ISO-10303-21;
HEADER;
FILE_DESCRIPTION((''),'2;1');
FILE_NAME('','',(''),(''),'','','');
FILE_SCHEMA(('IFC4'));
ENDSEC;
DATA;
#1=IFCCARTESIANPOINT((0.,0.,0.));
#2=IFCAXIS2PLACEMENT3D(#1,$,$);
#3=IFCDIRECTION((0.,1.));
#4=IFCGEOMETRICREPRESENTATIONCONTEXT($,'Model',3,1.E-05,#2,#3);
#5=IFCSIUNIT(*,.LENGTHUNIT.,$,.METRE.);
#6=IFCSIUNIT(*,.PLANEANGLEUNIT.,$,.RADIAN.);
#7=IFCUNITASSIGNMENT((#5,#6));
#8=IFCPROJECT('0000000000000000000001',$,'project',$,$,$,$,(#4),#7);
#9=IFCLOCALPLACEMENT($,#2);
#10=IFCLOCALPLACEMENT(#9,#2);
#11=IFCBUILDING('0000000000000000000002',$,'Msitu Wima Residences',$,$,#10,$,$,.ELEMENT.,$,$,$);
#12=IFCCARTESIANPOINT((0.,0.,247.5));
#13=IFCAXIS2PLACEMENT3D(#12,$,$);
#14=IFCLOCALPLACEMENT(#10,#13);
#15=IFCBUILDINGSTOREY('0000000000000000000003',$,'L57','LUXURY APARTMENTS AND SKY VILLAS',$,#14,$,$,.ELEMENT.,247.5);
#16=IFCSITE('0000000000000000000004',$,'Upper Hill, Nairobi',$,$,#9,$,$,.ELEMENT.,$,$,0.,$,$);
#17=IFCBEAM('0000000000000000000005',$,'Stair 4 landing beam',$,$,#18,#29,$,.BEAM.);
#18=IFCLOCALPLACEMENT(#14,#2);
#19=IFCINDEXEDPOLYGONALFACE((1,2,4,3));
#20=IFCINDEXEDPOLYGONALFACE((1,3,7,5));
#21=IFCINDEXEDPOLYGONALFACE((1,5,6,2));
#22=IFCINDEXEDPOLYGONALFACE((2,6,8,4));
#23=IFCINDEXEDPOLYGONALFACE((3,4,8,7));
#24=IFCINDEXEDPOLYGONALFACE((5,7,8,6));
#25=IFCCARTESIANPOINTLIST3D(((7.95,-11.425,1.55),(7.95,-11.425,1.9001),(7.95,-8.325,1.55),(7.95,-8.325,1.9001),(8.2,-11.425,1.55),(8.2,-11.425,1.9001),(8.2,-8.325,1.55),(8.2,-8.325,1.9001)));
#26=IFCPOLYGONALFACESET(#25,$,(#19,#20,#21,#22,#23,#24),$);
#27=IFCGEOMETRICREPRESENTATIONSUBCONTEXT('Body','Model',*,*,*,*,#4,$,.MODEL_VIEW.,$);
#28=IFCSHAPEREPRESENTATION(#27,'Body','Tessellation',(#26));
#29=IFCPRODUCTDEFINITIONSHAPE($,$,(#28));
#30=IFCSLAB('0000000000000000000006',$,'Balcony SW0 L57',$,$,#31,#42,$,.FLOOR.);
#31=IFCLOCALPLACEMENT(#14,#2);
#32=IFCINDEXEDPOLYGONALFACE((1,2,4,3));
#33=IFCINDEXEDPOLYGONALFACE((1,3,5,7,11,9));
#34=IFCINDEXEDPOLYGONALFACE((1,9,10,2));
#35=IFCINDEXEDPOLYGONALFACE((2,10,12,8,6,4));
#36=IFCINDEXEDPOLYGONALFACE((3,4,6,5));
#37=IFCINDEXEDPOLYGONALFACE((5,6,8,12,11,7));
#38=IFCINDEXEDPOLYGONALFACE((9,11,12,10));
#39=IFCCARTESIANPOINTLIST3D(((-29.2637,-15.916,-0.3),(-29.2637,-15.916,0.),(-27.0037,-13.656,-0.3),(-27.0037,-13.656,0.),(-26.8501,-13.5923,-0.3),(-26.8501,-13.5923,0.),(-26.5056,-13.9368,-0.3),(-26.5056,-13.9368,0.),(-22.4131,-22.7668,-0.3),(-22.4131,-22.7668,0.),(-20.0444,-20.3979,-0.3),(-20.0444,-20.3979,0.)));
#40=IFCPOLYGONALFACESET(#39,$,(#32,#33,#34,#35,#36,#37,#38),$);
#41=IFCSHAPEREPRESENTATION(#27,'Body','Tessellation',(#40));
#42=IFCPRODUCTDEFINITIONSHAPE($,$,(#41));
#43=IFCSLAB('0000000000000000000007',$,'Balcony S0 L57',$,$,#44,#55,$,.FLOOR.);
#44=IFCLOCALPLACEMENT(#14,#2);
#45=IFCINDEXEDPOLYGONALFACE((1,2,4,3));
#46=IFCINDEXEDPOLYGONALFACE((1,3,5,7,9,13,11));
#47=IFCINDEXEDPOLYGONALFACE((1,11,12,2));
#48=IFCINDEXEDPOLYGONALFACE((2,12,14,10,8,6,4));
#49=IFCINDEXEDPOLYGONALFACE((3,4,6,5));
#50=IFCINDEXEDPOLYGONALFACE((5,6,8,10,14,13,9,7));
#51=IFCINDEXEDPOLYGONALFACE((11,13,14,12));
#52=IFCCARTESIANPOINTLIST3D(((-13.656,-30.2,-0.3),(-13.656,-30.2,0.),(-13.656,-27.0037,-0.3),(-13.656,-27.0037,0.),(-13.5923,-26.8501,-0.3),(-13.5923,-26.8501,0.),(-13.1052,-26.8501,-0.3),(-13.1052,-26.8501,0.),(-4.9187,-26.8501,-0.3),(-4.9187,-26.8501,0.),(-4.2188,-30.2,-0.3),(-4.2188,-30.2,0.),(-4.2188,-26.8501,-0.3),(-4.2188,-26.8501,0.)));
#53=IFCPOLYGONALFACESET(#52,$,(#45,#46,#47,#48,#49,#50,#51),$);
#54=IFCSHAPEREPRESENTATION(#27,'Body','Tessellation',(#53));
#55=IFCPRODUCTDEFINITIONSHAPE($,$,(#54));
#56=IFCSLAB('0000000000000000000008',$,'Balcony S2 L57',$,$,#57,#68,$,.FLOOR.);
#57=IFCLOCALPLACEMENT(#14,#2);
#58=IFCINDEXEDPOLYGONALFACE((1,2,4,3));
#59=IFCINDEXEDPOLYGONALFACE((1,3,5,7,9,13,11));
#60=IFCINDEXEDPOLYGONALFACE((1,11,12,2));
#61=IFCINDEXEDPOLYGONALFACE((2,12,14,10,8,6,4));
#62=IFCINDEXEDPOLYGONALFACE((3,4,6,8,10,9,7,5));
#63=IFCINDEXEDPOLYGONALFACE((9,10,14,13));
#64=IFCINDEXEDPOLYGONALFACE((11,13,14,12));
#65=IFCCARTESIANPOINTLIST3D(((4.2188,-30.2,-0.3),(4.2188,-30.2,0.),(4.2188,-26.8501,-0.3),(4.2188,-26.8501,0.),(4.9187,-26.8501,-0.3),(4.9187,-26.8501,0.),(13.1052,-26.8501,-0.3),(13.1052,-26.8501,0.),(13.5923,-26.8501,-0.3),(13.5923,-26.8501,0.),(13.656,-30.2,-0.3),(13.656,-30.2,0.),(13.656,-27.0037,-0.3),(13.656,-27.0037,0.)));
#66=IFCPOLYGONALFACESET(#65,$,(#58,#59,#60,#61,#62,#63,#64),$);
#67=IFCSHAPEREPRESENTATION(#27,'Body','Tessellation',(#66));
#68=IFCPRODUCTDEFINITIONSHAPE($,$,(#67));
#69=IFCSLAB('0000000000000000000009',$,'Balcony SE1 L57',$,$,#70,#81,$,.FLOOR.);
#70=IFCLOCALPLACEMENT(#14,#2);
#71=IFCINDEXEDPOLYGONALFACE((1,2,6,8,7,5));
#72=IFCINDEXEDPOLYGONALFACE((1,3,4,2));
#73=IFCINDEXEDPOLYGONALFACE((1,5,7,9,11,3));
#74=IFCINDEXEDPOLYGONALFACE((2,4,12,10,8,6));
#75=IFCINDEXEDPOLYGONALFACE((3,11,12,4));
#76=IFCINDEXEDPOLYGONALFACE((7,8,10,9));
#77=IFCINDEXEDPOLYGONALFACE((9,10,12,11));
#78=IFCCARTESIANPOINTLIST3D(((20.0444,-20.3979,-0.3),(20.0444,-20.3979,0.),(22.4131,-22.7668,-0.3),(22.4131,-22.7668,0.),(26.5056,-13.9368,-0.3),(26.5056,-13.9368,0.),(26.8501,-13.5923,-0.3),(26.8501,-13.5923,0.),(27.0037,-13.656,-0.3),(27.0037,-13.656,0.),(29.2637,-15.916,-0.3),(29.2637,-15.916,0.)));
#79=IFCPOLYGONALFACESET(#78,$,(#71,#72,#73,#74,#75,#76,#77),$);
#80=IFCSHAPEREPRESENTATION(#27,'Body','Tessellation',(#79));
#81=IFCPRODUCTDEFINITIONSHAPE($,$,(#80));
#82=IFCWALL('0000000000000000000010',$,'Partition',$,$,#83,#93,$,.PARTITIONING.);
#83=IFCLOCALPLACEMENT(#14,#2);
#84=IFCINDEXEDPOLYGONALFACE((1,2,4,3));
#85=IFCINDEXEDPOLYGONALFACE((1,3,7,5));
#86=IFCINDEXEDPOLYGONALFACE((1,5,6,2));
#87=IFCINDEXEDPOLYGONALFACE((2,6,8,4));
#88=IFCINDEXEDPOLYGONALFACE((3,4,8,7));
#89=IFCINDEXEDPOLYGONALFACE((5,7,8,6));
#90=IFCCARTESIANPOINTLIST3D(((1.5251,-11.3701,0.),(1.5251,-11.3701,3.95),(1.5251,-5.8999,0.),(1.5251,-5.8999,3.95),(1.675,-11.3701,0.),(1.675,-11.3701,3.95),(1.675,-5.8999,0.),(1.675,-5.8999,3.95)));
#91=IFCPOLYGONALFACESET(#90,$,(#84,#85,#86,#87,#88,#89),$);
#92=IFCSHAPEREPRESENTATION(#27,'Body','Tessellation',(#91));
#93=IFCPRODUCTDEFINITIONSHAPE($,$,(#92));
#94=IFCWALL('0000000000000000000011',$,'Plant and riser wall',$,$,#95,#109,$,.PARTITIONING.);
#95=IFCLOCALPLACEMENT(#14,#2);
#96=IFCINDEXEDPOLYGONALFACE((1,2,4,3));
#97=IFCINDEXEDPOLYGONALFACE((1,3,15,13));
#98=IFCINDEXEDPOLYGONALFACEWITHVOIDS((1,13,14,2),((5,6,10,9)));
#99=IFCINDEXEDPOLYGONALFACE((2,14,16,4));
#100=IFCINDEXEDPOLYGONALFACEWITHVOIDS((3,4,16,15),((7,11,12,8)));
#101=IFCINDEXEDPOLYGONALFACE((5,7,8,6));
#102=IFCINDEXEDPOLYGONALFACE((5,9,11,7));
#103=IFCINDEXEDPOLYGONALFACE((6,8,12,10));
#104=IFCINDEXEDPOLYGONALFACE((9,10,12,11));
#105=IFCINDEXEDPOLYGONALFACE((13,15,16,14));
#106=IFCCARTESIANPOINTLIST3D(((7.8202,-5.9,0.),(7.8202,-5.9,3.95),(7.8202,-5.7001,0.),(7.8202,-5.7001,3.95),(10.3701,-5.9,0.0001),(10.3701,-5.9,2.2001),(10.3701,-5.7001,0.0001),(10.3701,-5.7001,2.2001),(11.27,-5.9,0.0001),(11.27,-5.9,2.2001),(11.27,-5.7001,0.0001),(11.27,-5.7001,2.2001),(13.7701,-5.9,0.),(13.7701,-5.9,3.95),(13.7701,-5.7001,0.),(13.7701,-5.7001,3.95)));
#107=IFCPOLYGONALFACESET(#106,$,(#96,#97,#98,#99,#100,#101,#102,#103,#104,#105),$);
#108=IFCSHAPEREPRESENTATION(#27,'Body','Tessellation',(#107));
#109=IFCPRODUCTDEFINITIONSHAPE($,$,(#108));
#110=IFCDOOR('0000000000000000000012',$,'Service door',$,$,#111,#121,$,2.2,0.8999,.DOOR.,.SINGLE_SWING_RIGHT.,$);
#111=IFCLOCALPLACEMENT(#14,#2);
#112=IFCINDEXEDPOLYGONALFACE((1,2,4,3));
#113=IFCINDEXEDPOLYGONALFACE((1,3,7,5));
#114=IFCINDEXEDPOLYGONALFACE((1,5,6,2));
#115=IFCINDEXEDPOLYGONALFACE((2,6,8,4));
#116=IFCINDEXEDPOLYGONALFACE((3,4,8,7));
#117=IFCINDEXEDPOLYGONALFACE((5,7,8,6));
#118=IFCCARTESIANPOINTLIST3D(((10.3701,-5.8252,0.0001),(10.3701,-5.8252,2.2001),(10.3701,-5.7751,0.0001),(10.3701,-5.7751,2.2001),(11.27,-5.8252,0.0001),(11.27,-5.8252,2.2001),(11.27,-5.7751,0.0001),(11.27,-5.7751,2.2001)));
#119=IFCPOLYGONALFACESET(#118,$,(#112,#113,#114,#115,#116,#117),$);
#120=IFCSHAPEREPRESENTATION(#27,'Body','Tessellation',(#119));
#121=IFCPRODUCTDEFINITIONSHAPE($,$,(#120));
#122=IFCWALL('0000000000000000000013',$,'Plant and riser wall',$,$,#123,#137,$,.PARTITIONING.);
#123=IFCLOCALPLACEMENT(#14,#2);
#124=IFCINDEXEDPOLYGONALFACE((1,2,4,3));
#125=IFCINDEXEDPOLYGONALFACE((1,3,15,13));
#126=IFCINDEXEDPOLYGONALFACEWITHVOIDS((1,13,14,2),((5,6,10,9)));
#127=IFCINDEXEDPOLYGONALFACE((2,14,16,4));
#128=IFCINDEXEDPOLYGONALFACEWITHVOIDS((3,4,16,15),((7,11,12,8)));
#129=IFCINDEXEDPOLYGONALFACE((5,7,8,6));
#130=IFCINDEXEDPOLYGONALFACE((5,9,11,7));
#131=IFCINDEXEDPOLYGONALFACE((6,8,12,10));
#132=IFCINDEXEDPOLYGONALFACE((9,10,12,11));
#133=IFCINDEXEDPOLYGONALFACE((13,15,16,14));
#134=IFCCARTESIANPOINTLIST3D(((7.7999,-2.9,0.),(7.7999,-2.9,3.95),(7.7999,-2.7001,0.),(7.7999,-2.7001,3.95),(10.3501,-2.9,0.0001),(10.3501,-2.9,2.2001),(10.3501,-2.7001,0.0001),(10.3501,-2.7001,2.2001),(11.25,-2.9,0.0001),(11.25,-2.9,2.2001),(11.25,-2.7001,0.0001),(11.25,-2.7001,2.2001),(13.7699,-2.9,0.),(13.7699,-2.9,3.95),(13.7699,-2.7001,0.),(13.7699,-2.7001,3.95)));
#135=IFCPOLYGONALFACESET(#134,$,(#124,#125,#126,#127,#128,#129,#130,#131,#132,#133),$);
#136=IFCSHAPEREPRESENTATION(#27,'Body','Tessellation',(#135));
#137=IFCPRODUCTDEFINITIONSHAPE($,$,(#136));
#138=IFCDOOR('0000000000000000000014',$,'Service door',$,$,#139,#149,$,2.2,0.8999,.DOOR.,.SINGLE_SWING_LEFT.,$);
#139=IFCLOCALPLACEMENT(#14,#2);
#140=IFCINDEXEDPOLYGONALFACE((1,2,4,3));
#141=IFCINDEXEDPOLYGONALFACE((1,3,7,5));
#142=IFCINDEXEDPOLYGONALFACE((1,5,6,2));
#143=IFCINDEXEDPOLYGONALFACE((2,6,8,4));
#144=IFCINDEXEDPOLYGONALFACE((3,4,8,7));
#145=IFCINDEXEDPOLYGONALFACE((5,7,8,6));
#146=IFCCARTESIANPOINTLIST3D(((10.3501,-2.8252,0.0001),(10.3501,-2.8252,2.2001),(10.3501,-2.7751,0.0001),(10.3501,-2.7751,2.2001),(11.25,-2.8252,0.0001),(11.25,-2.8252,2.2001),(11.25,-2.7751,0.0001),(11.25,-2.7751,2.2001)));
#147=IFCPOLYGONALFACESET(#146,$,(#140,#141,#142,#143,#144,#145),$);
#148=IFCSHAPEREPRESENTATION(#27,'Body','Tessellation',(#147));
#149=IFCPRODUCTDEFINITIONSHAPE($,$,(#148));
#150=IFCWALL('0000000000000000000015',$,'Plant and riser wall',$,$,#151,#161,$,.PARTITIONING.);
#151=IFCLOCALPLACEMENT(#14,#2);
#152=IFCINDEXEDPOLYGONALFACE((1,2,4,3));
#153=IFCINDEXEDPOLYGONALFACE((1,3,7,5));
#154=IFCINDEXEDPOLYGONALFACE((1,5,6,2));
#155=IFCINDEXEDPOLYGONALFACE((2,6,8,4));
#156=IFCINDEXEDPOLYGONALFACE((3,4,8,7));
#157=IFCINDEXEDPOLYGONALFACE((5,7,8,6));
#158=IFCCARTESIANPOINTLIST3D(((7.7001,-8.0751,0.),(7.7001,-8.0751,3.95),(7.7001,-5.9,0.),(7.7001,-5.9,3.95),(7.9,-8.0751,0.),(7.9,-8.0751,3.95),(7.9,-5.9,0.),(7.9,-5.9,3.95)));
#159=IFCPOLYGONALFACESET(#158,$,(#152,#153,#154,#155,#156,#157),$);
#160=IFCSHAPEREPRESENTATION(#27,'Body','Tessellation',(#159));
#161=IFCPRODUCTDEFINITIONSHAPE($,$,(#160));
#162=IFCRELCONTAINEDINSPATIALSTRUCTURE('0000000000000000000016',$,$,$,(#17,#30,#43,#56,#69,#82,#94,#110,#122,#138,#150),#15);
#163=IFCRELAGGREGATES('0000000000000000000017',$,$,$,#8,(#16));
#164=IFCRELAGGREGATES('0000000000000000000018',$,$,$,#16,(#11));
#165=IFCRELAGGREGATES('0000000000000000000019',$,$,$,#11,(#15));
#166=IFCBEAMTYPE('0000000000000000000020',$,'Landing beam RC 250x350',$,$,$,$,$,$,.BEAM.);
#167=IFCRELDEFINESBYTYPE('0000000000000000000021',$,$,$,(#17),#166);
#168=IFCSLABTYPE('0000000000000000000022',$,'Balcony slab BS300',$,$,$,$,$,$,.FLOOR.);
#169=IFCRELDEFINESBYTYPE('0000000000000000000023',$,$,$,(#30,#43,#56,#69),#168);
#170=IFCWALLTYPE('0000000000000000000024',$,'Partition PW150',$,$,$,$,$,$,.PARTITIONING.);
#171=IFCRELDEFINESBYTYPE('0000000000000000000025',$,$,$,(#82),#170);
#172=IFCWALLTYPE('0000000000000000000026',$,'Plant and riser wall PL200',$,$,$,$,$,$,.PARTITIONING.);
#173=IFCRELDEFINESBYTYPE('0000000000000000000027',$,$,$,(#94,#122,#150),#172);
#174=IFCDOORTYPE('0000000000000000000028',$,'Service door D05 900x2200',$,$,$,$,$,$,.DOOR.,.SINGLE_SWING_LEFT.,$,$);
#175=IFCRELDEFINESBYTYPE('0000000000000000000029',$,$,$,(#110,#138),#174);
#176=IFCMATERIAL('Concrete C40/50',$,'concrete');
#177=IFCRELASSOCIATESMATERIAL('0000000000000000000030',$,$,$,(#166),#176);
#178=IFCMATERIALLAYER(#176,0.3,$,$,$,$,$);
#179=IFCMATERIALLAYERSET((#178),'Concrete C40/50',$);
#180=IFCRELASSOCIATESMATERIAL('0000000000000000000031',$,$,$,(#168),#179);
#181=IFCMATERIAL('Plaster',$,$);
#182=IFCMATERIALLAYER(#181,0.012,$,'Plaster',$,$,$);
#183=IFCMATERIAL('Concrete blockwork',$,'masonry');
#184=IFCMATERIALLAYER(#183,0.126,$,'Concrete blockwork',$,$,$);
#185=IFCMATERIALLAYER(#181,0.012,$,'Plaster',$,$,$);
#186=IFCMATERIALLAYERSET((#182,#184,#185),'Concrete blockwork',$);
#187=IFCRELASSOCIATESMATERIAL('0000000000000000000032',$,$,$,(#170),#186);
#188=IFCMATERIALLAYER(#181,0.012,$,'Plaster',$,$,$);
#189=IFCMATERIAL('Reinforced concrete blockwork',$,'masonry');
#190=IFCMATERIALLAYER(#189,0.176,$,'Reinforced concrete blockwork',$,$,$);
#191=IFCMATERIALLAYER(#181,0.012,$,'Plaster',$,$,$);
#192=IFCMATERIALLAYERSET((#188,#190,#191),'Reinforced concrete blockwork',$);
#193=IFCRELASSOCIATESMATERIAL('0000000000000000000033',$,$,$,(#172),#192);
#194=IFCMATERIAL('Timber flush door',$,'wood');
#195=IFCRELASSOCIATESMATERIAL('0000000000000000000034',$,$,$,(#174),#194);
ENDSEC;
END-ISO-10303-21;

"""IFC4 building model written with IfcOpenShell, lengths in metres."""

from ifc_helpers import new_model, si_unit, direction, frame, frame_2d, origin, origin_2d, place, context, subcontext, project, spatial, polyline, rectangle, outline, extrude, material, layer, layer_set, material_profile, profile_set, type_object, element, fill, save


model = new_model("IFC4")

# Units and contexts
model_context = context("Model", 3, precision=1e-05, world=origin(), true_north=direction((0.0, 1.0)))
body_context = subcontext(model_context, "Body", "Model", "MODEL_VIEW")
ifc_project = project(units=[si_unit("LENGTHUNIT", "METRE"), si_unit("PLANEANGLEUNIT", "RADIAN")], contexts=[model_context])

# Site, building, storey
site_placement = place(None, origin())
site = spatial("IfcSite", under=ifc_project, at=site_placement, Name="Upper Hill, Nairobi", CompositionType="ELEMENT", RefElevation=0.0)
building_placement = place(site_placement, origin())
building = spatial("IfcBuilding", under=site, at=building_placement, Name="Msitu Wima Residences", CompositionType="ELEMENT")
storey_placement = place(building_placement, frame((0.0, 0.0, 247.5)))
storey = spatial("IfcBuildingStorey", under=building, at=storey_placement, Name="L57", Description="LUXURY APARTMENTS AND SKY VILLAS", CompositionType="ELEMENT", Elevation=247.5)

# Beam
ifc_material_1 = material(Name="Concrete C40/50", Category="concrete")
ifc_material_profile = material_profile(ifc_material_1, rectangle(XDim=0.25, YDim=0.3501, at=origin_2d()), Name="RC 250x350")
ifc_profile_set = profile_set([ifc_material_profile], Name="Concrete C40/50")
beam_type = type_object("IfcBeamType", Name="Landing beam RC 250x350", PredefinedType="BEAM", material=ifc_profile_set)
beam_placement = place(storey_placement, frame((8.075, -11.425, 1.7251), z_axis=(0.0, 1.0, 0.0), x_axis=(-1.0, 0.0, 0.0)))
element("IfcBeam", 1, at=beam_placement, inside=storey, type_object=beam_type, Name="Stair 4 landing beam", PredefinedType="BEAM", context=body_context, shape_type="SweptSolid", body=[
    extrude(rectangle(XDim=0.25, YDim=0.3501, at=origin_2d()), origin(), (0.0, 0.0, 1.0), 3.1001),
])

# Slabs
ifc_layer_1 = layer(ifc_material_1, 0.3)
ifc_layer_set_1 = layer_set([ifc_layer_1], Name="Concrete C40/50")
slab_type = type_object("IfcSlabType", Name="Balcony slab BS300", PredefinedType="FLOOR", material=ifc_layer_set_1)
slab_1_placement = place(storey_placement, frame((0.0, 0.0, -0.3)))
element("IfcSlab", 2, at=slab_1_placement, inside=storey, type_object=slab_type, Name="Balcony SW0 L57", PredefinedType="FLOOR", context=body_context, shape_type="SweptSolid", body=[
    extrude(outline(polyline([(-26.5056, -13.9368), (-26.5056, -13.9368), (-20.0444, -20.3979), (-22.4131, -22.7668), (-29.2637, -15.916), (-27.0037, -13.656), (-26.8501, -13.5923), (-26.5056, -13.9368), (-26.5056, -13.9368)])), origin(), (0.0, 0.0, 1.0), 0.3),
])
slab_2_placement = place(storey_placement, frame((0.0, 0.0, -0.3)))
element("IfcSlab", 3, at=slab_2_placement, inside=storey, type_object=slab_type, Name="Balcony S0 L57", PredefinedType="FLOOR", context=body_context, shape_type="SweptSolid", body=[
    extrude(outline(polyline([(-13.1052, -26.8501), (-13.1052, -26.8501), (-4.9187, -26.8501), (-4.2188, -26.8501), (-4.2188, -30.2), (-13.656, -30.2), (-13.656, -27.0037), (-13.5923, -26.8501), (-13.1052, -26.8501), (-13.1052, -26.8501)])), origin(), (0.0, 0.0, 1.0), 0.3),
])
slab_3_placement = place(storey_placement, frame((0.0, 0.0, -0.3)))
element("IfcSlab", 4, at=slab_3_placement, inside=storey, type_object=slab_type, Name="Balcony S2 L57", PredefinedType="FLOOR", context=body_context, shape_type="SweptSolid", body=[
    extrude(outline(polyline([(13.1052, -26.8501), (13.1052, -26.8501), (13.1052, -26.8501), (13.5923, -26.8501), (13.656, -27.0037), (13.656, -30.2), (4.2188, -30.2), (4.2188, -26.8501), (4.9187, -26.8501), (13.1052, -26.8501)])), origin(), (0.0, 0.0, 1.0), 0.3),
])
slab_4_placement = place(storey_placement, frame((0.0, 0.0, -0.3)))
element("IfcSlab", 5, at=slab_4_placement, inside=storey, type_object=slab_type, Name="Balcony SE1 L57", PredefinedType="FLOOR", context=body_context, shape_type="SweptSolid", body=[
    extrude(outline(polyline([(26.5056, -13.9368), (26.5056, -13.9368), (26.8501, -13.5923), (27.0037, -13.656), (29.2637, -15.916), (22.4131, -22.7668), (20.0444, -20.3979), (26.5056, -13.9368), (26.5056, -13.9368)])), origin(), (0.0, 0.0, 1.0), 0.3),
])

# Wall
ifc_material_2 = material(Name="Plaster")
ifc_layer_2 = layer(ifc_material_2, 0.012, Name="Plaster")
ifc_material_3 = material(Name="Concrete blockwork", Category="masonry")
ifc_layer_3 = layer(ifc_material_3, 0.126, Name="Concrete blockwork")
ifc_layer_4 = layer(ifc_material_2, 0.012, Name="Plaster")
ifc_layer_set_2 = layer_set([ifc_layer_2, ifc_layer_3, ifc_layer_4], Name="Concrete blockwork")
wall_type_1 = type_object("IfcWallType", Name="Partition PW150", PredefinedType="PARTITIONING", material=ifc_layer_set_2)
wall_1_placement = place(storey_placement, frame((1.6001, -11.3701, 0.0), z_axis=(0.0, 0.0, 1.0), x_axis=(0.0, 1.0, 0.0)))
element("IfcWall", 6, at=wall_1_placement, inside=storey, type_object=wall_type_1, Name="Partition", PredefinedType="PARTITIONING", context=body_context, shape_type="SweptSolid", body=[
    extrude(rectangle(XDim=5.4702, YDim=0.1499, at=frame_2d((2.7351, 0.0))), origin(), (0.0, 0.0, 1.0), 3.95),
])

# Walls, openings, doors
ifc_layer_5 = layer(ifc_material_2, 0.012, Name="Plaster")
ifc_material_4 = material(Name="Reinforced concrete blockwork", Category="masonry")
ifc_layer_6 = layer(ifc_material_4, 0.176, Name="Reinforced concrete blockwork")
ifc_layer_7 = layer(ifc_material_2, 0.012, Name="Plaster")
ifc_layer_set_3 = layer_set([ifc_layer_5, ifc_layer_6, ifc_layer_7], Name="Reinforced concrete blockwork")
wall_type_2 = type_object("IfcWallType", Name="Plant and riser wall PL200", PredefinedType="PARTITIONING", material=ifc_layer_set_3)
wall_2_placement = place(storey_placement, frame((7.8201, -5.8, 0.0), z_axis=(0.0, 0.0, 1.0), x_axis=(1.0, 0.0, 0.0)))
wall_2 = element("IfcWall", 7, at=wall_2_placement, inside=storey, type_object=wall_type_2, Name="Plant and riser wall", PredefinedType="PARTITIONING", context=body_context, shape_type="SweptSolid", body=[
    extrude(rectangle(XDim=5.95, YDim=0.2, at=frame_2d((2.9751, 0.0))), origin(), (0.0, 0.0, 1.0), 3.95),
])
opening_1_placement = place(wall_2_placement, frame((2.55, 0.0, 0.0)))
opening_1 = element("IfcOpeningElement", 8, at=opening_1_placement, cuts=wall_2, PredefinedType="OPENING", context=body_context, shape_type="SweptSolid", body=[
    extrude(rectangle(XDim=0.8999, YDim=2.2, at=frame_2d((0.45, 1.1001))), frame((0.0, 0.1099, 0.0), z_axis=(0.0, -1.0, 0.0), x_axis=(1.0, 0.0, 0.0)), (0.0, 0.0, 1.0), 0.22),
])
ifc_material_5 = material(Name="Timber flush door", Category="wood")
door_type = type_object("IfcDoorType", Name="Service door D05 900x2200", OperationType="SINGLE_SWING_LEFT", PredefinedType="DOOR", material=ifc_material_5)
door_1_placement = place(opening_1_placement, origin())
door_1 = element("IfcDoor", 9, at=door_1_placement, inside=storey, type_object=door_type, Name="Service door", OperationType="SINGLE_SWING_RIGHT", OverallHeight=2.2, OverallWidth=0.8999, PredefinedType="DOOR", context=body_context, shape_type="SweptSolid", body=[
    extrude(rectangle(XDim=0.8999, YDim=2.2, at=frame_2d((0.45, 1.1001))), frame((0.0, 0.0249, 0.0), z_axis=(0.0, -1.0, 0.0), x_axis=(1.0, 0.0, 0.0)), (0.0, 0.0, 1.0), 0.05),
])
fill(opening_1, door_1)
wall_3_placement = place(storey_placement, frame((7.8, -2.8, 0.0), z_axis=(0.0, 0.0, 1.0), x_axis=(1.0, 0.0, 0.0)))
wall_3 = element("IfcWall", 10, at=wall_3_placement, inside=storey, type_object=wall_type_2, Name="Plant and riser wall", PredefinedType="PARTITIONING", context=body_context, shape_type="SweptSolid", body=[
    extrude(rectangle(XDim=5.97, YDim=0.2, at=frame_2d((2.9849, 0.0))), origin(), (0.0, 0.0, 1.0), 3.95),
])
opening_2_placement = place(wall_3_placement, frame((2.55, 0.0, 0.0)))
opening_2 = element("IfcOpeningElement", 11, at=opening_2_placement, cuts=wall_3, PredefinedType="OPENING", context=body_context, shape_type="SweptSolid", body=[
    extrude(rectangle(XDim=0.8999, YDim=2.2, at=frame_2d((0.45, 1.1001))), frame((0.0, 0.1099, 0.0), z_axis=(0.0, -1.0, 0.0), x_axis=(1.0, 0.0, 0.0)), (0.0, 0.0, 1.0), 0.22),
])
door_2_placement = place(opening_2_placement, origin())
door_2 = element("IfcDoor", 12, at=door_2_placement, inside=storey, type_object=door_type, Name="Service door", OperationType="SINGLE_SWING_LEFT", OverallHeight=2.2, OverallWidth=0.8999, PredefinedType="DOOR", context=body_context, shape_type="SweptSolid", body=[
    extrude(rectangle(XDim=0.8999, YDim=2.2, at=frame_2d((0.45, 1.1001))), frame((0.0, 0.0249, 0.0), z_axis=(0.0, -1.0, 0.0), x_axis=(1.0, 0.0, 0.0)), (0.0, 0.0, 1.0), 0.05),
])
fill(opening_2, door_2)

# Wall
wall_4_placement = place(storey_placement, frame((7.8, -8.075, 0.0), z_axis=(0.0, 0.0, 1.0), x_axis=(0.0, 1.0, 0.0)))
element("IfcWall", 13, at=wall_4_placement, inside=storey, type_object=wall_type_2, Name="Plant and riser wall", PredefinedType="PARTITIONING", context=body_context, shape_type="SweptSolid", body=[
    extrude(rectangle(XDim=2.175, YDim=0.2, at=frame_2d((1.0874, 0.0))), origin(), (0.0, 0.0, 1.0), 3.95),
])

save(model, "model.ifc")
